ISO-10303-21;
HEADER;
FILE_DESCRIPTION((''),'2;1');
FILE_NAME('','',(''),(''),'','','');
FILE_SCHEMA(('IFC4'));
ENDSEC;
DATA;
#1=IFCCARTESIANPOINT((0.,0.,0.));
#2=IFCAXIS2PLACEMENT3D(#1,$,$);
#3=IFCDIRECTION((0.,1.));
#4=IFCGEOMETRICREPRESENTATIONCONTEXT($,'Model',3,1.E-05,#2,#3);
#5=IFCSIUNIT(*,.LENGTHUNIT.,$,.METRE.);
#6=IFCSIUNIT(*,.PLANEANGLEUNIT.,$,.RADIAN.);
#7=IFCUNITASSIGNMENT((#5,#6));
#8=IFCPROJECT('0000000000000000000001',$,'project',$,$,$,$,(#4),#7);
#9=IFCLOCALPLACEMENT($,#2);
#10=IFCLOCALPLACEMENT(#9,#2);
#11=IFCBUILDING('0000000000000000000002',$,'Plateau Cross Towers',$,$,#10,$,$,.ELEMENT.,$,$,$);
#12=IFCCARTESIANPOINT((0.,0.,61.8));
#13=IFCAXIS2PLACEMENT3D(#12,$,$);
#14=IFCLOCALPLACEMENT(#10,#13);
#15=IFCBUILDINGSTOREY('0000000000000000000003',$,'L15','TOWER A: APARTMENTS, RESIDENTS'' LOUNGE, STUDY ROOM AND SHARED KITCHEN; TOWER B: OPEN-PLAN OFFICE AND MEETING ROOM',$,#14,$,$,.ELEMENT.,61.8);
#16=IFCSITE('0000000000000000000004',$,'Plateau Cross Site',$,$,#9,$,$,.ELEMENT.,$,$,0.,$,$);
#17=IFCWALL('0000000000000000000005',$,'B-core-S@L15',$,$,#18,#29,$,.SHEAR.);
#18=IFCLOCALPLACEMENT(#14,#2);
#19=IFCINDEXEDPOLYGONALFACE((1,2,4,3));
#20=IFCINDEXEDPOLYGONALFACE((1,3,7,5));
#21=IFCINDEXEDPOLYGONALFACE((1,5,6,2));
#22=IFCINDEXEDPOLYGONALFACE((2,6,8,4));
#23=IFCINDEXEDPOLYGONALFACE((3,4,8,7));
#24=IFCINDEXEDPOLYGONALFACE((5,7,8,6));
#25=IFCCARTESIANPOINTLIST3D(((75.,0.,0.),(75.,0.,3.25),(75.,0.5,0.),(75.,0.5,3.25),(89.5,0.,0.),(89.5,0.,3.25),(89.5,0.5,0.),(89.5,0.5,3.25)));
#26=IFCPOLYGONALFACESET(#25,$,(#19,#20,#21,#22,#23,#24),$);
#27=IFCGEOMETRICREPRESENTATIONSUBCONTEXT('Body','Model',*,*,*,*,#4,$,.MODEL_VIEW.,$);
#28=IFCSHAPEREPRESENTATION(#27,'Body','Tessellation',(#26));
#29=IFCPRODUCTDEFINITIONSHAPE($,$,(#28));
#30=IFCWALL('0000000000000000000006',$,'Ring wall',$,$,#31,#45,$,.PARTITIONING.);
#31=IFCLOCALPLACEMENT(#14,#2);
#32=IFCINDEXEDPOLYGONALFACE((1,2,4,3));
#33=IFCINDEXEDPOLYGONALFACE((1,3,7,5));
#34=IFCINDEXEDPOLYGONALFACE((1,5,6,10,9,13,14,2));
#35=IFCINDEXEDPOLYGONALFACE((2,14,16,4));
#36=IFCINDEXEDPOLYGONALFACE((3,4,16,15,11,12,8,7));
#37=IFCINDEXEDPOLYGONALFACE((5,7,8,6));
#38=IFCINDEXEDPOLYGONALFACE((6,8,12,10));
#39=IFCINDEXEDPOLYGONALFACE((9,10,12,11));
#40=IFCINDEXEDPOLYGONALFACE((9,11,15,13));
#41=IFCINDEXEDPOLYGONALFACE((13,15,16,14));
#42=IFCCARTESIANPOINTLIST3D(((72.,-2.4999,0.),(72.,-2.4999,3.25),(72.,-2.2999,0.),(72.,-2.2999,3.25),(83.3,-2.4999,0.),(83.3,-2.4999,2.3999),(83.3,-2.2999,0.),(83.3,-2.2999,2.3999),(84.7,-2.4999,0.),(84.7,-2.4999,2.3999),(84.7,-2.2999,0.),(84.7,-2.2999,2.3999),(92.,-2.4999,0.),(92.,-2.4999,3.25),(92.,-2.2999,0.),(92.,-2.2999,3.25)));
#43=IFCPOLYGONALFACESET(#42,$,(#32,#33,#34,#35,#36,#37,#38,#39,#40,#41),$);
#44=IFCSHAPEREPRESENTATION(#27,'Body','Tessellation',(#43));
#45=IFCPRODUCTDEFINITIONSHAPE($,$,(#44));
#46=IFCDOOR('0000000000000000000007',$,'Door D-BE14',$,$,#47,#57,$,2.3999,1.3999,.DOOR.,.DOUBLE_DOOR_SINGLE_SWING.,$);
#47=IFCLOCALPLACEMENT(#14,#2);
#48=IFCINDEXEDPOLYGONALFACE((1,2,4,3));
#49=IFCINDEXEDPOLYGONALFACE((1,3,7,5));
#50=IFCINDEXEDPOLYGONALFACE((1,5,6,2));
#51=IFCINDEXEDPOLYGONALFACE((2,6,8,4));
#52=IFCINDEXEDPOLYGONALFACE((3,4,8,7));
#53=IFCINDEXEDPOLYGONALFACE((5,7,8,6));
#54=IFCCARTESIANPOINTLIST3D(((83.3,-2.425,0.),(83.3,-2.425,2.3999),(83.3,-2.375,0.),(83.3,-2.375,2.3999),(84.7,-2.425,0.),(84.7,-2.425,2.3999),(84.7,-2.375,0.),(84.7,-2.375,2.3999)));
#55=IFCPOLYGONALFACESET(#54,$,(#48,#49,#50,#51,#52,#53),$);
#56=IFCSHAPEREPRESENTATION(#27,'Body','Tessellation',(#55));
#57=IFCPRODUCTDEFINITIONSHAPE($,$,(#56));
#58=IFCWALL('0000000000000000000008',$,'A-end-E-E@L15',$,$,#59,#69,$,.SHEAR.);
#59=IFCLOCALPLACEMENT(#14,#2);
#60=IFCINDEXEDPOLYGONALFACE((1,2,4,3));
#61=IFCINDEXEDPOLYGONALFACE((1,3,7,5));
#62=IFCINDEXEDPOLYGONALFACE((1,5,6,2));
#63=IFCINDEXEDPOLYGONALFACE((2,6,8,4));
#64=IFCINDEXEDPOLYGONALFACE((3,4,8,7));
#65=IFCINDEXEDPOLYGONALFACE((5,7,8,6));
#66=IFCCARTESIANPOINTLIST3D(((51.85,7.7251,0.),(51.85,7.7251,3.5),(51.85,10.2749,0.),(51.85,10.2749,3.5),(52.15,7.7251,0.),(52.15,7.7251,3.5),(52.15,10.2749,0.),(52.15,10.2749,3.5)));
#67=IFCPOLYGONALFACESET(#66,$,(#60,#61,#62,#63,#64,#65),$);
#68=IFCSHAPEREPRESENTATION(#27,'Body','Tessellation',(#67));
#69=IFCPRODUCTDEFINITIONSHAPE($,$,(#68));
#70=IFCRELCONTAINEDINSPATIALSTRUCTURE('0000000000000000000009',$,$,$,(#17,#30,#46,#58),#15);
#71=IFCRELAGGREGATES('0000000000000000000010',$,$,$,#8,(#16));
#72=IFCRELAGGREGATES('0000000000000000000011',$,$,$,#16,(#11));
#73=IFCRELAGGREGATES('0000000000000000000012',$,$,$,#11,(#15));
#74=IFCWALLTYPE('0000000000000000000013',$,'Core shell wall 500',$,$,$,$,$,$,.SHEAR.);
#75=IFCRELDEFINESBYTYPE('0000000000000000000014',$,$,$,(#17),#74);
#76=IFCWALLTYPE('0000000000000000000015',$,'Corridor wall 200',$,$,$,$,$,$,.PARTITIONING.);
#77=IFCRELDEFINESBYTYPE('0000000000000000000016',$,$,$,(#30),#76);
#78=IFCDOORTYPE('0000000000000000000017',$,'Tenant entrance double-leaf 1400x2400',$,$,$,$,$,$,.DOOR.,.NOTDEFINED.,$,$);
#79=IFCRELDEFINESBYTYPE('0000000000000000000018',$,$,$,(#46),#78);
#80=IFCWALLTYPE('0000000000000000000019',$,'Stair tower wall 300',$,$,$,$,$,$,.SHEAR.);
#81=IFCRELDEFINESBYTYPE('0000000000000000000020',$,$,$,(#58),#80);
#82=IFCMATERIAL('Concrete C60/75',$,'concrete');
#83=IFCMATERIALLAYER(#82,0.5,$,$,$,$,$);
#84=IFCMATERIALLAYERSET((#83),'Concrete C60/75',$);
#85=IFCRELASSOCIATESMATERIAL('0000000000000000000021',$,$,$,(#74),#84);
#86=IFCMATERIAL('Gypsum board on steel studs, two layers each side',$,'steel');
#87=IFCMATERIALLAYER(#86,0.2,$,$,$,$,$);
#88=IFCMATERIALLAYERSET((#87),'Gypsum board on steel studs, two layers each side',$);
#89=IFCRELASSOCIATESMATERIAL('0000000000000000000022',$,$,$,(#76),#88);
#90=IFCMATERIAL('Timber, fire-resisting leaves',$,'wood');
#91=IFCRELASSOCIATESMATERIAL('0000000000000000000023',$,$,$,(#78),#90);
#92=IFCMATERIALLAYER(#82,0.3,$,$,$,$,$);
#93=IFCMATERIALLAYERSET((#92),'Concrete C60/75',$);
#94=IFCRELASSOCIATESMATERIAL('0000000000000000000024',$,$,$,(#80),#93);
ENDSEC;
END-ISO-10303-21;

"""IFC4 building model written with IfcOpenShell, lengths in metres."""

from ifc_helpers import new_model, si_unit, direction, frame, frame_2d, origin, place, context, subcontext, project, spatial, rectangle, extrude, material, layer, layer_set, type_object, element, fill, save


model = new_model("IFC4")

# Units and contexts
model_context = context("Model", 3, precision=1e-05, world=origin(), true_north=direction((0.0, 1.0)))
body_context = subcontext(model_context, "Body", "Model", "MODEL_VIEW")
ifc_project = project(units=[si_unit("LENGTHUNIT", "METRE"), si_unit("PLANEANGLEUNIT", "RADIAN")], contexts=[model_context])

# Site, building, storey
site_placement = place(None, origin())
site = spatial("IfcSite", under=ifc_project, at=site_placement, Name="Plateau Cross Site", CompositionType="ELEMENT", RefElevation=0.0)
building_placement = place(site_placement, origin())
building = spatial("IfcBuilding", under=site, at=building_placement, Name="Plateau Cross Towers", CompositionType="ELEMENT")
storey_placement = place(building_placement, frame((0.0, 0.0, 61.8)))
storey = spatial("IfcBuildingStorey", under=building, at=storey_placement, Name="L15", Description="TOWER A: APARTMENTS, RESIDENTS' LOUNGE, STUDY ROOM AND SHARED KITCHEN; TOWER B: OPEN-PLAN OFFICE AND MEETING ROOM", CompositionType="ELEMENT", Elevation=61.8)

# Shared definitions
ifc_material_1 = material(Name="Concrete C60/75", Category="concrete")

# Wall
ifc_layer_1 = layer(ifc_material_1, 0.5)
ifc_layer_set_1 = layer_set([ifc_layer_1], Name="Concrete C60/75")
wall_type_1 = type_object("IfcWallType", Name="Core shell wall 500", PredefinedType="SHEAR", material=ifc_layer_set_1)
wall_1_placement = place(storey_placement, frame((75.0, 0.25, 0.0), z_axis=(0.0, 0.0, 1.0), x_axis=(1.0, 0.0, 0.0)))
element("IfcWall", 1, at=wall_1_placement, inside=storey, type_object=wall_type_1, Name="B-core-S@L15", PredefinedType="SHEAR", context=body_context, shape_type="SweptSolid", body=[
    extrude(rectangle(XDim=14.5, YDim=0.5, at=frame_2d((7.25, 0.0))), origin(), (0.0, 0.0, 1.0), 3.25),
])

# Wall, opening, door
ifc_material_2 = material(Name="Gypsum board on steel studs, two layers each side", Category="steel")
ifc_layer_2 = layer(ifc_material_2, 0.2)
ifc_layer_set_2 = layer_set([ifc_layer_2], Name="Gypsum board on steel studs, two layers each side")
wall_type_2 = type_object("IfcWallType", Name="Corridor wall 200", PredefinedType="PARTITIONING", material=ifc_layer_set_2)
wall_2_placement = place(storey_placement, frame((72.0, -2.3999, 0.0), z_axis=(0.0, 0.0, 1.0), x_axis=(1.0, 0.0, 0.0)))
wall_2 = element("IfcWall", 2, at=wall_2_placement, inside=storey, type_object=wall_type_2, Name="Ring wall", PredefinedType="PARTITIONING", context=body_context, shape_type="SweptSolid", body=[
    extrude(rectangle(XDim=20.0, YDim=0.2, at=frame_2d((10.0, 0.0))), origin(), (0.0, 0.0, 1.0), 3.25),
])
opening_placement = place(wall_2_placement, frame((11.3, 0.0, 0.0)))
opening = element("IfcOpeningElement", 3, at=opening_placement, cuts=wall_2, PredefinedType="OPENING", context=body_context, shape_type="SweptSolid", body=[
    extrude(rectangle(XDim=1.3999, YDim=2.3999, at=frame_2d((0.7, 1.2))), frame((0.0, 0.1099, 0.0), z_axis=(0.0, -1.0, 0.0), x_axis=(1.0, 0.0, 0.0)), (0.0, 0.0, 1.0), 0.22),
])
ifc_material_3 = material(Name="Timber, fire-resisting leaves", Category="wood")
door_type = type_object("IfcDoorType", Name="Tenant entrance double-leaf 1400x2400", OperationType="NOTDEFINED", PredefinedType="DOOR", material=ifc_material_3)
door_placement = place(opening_placement, origin())
door = element("IfcDoor", 4, at=door_placement, inside=storey, type_object=door_type, Name="Door D-BE14", OperationType="DOUBLE_DOOR_SINGLE_SWING", OverallHeight=2.3999, OverallWidth=1.3999, PredefinedType="DOOR", context=body_context, shape_type="SweptSolid", body=[
    extrude(rectangle(XDim=1.3999, YDim=2.3999, at=frame_2d((0.7, 1.2))), frame((0.0, 0.0249, 0.0), z_axis=(0.0, -1.0, 0.0), x_axis=(1.0, 0.0, 0.0)), (0.0, 0.0, 1.0), 0.05),
])
fill(opening, door)

# Wall
ifc_layer_3 = layer(ifc_material_1, 0.3)
ifc_layer_set_3 = layer_set([ifc_layer_3], Name="Concrete C60/75")
wall_type_3 = type_object("IfcWallType", Name="Stair tower wall 300", PredefinedType="SHEAR", material=ifc_layer_set_3)
wall_3_placement = place(storey_placement, frame((52.0, 7.7251, 0.0), z_axis=(0.0, 0.0, 1.0), x_axis=(0.0, 1.0, 0.0)))
element("IfcWall", 5, at=wall_3_placement, inside=storey, type_object=wall_type_3, Name="A-end-E-E@L15", PredefinedType="SHEAR", context=body_context, shape_type="SweptSolid", body=[
    extrude(rectangle(XDim=2.5498, YDim=0.3, at=frame_2d((1.2749, 0.0))), origin(), (0.0, 0.0, 1.0), 3.5),
])

save(model, "model.ifc")
